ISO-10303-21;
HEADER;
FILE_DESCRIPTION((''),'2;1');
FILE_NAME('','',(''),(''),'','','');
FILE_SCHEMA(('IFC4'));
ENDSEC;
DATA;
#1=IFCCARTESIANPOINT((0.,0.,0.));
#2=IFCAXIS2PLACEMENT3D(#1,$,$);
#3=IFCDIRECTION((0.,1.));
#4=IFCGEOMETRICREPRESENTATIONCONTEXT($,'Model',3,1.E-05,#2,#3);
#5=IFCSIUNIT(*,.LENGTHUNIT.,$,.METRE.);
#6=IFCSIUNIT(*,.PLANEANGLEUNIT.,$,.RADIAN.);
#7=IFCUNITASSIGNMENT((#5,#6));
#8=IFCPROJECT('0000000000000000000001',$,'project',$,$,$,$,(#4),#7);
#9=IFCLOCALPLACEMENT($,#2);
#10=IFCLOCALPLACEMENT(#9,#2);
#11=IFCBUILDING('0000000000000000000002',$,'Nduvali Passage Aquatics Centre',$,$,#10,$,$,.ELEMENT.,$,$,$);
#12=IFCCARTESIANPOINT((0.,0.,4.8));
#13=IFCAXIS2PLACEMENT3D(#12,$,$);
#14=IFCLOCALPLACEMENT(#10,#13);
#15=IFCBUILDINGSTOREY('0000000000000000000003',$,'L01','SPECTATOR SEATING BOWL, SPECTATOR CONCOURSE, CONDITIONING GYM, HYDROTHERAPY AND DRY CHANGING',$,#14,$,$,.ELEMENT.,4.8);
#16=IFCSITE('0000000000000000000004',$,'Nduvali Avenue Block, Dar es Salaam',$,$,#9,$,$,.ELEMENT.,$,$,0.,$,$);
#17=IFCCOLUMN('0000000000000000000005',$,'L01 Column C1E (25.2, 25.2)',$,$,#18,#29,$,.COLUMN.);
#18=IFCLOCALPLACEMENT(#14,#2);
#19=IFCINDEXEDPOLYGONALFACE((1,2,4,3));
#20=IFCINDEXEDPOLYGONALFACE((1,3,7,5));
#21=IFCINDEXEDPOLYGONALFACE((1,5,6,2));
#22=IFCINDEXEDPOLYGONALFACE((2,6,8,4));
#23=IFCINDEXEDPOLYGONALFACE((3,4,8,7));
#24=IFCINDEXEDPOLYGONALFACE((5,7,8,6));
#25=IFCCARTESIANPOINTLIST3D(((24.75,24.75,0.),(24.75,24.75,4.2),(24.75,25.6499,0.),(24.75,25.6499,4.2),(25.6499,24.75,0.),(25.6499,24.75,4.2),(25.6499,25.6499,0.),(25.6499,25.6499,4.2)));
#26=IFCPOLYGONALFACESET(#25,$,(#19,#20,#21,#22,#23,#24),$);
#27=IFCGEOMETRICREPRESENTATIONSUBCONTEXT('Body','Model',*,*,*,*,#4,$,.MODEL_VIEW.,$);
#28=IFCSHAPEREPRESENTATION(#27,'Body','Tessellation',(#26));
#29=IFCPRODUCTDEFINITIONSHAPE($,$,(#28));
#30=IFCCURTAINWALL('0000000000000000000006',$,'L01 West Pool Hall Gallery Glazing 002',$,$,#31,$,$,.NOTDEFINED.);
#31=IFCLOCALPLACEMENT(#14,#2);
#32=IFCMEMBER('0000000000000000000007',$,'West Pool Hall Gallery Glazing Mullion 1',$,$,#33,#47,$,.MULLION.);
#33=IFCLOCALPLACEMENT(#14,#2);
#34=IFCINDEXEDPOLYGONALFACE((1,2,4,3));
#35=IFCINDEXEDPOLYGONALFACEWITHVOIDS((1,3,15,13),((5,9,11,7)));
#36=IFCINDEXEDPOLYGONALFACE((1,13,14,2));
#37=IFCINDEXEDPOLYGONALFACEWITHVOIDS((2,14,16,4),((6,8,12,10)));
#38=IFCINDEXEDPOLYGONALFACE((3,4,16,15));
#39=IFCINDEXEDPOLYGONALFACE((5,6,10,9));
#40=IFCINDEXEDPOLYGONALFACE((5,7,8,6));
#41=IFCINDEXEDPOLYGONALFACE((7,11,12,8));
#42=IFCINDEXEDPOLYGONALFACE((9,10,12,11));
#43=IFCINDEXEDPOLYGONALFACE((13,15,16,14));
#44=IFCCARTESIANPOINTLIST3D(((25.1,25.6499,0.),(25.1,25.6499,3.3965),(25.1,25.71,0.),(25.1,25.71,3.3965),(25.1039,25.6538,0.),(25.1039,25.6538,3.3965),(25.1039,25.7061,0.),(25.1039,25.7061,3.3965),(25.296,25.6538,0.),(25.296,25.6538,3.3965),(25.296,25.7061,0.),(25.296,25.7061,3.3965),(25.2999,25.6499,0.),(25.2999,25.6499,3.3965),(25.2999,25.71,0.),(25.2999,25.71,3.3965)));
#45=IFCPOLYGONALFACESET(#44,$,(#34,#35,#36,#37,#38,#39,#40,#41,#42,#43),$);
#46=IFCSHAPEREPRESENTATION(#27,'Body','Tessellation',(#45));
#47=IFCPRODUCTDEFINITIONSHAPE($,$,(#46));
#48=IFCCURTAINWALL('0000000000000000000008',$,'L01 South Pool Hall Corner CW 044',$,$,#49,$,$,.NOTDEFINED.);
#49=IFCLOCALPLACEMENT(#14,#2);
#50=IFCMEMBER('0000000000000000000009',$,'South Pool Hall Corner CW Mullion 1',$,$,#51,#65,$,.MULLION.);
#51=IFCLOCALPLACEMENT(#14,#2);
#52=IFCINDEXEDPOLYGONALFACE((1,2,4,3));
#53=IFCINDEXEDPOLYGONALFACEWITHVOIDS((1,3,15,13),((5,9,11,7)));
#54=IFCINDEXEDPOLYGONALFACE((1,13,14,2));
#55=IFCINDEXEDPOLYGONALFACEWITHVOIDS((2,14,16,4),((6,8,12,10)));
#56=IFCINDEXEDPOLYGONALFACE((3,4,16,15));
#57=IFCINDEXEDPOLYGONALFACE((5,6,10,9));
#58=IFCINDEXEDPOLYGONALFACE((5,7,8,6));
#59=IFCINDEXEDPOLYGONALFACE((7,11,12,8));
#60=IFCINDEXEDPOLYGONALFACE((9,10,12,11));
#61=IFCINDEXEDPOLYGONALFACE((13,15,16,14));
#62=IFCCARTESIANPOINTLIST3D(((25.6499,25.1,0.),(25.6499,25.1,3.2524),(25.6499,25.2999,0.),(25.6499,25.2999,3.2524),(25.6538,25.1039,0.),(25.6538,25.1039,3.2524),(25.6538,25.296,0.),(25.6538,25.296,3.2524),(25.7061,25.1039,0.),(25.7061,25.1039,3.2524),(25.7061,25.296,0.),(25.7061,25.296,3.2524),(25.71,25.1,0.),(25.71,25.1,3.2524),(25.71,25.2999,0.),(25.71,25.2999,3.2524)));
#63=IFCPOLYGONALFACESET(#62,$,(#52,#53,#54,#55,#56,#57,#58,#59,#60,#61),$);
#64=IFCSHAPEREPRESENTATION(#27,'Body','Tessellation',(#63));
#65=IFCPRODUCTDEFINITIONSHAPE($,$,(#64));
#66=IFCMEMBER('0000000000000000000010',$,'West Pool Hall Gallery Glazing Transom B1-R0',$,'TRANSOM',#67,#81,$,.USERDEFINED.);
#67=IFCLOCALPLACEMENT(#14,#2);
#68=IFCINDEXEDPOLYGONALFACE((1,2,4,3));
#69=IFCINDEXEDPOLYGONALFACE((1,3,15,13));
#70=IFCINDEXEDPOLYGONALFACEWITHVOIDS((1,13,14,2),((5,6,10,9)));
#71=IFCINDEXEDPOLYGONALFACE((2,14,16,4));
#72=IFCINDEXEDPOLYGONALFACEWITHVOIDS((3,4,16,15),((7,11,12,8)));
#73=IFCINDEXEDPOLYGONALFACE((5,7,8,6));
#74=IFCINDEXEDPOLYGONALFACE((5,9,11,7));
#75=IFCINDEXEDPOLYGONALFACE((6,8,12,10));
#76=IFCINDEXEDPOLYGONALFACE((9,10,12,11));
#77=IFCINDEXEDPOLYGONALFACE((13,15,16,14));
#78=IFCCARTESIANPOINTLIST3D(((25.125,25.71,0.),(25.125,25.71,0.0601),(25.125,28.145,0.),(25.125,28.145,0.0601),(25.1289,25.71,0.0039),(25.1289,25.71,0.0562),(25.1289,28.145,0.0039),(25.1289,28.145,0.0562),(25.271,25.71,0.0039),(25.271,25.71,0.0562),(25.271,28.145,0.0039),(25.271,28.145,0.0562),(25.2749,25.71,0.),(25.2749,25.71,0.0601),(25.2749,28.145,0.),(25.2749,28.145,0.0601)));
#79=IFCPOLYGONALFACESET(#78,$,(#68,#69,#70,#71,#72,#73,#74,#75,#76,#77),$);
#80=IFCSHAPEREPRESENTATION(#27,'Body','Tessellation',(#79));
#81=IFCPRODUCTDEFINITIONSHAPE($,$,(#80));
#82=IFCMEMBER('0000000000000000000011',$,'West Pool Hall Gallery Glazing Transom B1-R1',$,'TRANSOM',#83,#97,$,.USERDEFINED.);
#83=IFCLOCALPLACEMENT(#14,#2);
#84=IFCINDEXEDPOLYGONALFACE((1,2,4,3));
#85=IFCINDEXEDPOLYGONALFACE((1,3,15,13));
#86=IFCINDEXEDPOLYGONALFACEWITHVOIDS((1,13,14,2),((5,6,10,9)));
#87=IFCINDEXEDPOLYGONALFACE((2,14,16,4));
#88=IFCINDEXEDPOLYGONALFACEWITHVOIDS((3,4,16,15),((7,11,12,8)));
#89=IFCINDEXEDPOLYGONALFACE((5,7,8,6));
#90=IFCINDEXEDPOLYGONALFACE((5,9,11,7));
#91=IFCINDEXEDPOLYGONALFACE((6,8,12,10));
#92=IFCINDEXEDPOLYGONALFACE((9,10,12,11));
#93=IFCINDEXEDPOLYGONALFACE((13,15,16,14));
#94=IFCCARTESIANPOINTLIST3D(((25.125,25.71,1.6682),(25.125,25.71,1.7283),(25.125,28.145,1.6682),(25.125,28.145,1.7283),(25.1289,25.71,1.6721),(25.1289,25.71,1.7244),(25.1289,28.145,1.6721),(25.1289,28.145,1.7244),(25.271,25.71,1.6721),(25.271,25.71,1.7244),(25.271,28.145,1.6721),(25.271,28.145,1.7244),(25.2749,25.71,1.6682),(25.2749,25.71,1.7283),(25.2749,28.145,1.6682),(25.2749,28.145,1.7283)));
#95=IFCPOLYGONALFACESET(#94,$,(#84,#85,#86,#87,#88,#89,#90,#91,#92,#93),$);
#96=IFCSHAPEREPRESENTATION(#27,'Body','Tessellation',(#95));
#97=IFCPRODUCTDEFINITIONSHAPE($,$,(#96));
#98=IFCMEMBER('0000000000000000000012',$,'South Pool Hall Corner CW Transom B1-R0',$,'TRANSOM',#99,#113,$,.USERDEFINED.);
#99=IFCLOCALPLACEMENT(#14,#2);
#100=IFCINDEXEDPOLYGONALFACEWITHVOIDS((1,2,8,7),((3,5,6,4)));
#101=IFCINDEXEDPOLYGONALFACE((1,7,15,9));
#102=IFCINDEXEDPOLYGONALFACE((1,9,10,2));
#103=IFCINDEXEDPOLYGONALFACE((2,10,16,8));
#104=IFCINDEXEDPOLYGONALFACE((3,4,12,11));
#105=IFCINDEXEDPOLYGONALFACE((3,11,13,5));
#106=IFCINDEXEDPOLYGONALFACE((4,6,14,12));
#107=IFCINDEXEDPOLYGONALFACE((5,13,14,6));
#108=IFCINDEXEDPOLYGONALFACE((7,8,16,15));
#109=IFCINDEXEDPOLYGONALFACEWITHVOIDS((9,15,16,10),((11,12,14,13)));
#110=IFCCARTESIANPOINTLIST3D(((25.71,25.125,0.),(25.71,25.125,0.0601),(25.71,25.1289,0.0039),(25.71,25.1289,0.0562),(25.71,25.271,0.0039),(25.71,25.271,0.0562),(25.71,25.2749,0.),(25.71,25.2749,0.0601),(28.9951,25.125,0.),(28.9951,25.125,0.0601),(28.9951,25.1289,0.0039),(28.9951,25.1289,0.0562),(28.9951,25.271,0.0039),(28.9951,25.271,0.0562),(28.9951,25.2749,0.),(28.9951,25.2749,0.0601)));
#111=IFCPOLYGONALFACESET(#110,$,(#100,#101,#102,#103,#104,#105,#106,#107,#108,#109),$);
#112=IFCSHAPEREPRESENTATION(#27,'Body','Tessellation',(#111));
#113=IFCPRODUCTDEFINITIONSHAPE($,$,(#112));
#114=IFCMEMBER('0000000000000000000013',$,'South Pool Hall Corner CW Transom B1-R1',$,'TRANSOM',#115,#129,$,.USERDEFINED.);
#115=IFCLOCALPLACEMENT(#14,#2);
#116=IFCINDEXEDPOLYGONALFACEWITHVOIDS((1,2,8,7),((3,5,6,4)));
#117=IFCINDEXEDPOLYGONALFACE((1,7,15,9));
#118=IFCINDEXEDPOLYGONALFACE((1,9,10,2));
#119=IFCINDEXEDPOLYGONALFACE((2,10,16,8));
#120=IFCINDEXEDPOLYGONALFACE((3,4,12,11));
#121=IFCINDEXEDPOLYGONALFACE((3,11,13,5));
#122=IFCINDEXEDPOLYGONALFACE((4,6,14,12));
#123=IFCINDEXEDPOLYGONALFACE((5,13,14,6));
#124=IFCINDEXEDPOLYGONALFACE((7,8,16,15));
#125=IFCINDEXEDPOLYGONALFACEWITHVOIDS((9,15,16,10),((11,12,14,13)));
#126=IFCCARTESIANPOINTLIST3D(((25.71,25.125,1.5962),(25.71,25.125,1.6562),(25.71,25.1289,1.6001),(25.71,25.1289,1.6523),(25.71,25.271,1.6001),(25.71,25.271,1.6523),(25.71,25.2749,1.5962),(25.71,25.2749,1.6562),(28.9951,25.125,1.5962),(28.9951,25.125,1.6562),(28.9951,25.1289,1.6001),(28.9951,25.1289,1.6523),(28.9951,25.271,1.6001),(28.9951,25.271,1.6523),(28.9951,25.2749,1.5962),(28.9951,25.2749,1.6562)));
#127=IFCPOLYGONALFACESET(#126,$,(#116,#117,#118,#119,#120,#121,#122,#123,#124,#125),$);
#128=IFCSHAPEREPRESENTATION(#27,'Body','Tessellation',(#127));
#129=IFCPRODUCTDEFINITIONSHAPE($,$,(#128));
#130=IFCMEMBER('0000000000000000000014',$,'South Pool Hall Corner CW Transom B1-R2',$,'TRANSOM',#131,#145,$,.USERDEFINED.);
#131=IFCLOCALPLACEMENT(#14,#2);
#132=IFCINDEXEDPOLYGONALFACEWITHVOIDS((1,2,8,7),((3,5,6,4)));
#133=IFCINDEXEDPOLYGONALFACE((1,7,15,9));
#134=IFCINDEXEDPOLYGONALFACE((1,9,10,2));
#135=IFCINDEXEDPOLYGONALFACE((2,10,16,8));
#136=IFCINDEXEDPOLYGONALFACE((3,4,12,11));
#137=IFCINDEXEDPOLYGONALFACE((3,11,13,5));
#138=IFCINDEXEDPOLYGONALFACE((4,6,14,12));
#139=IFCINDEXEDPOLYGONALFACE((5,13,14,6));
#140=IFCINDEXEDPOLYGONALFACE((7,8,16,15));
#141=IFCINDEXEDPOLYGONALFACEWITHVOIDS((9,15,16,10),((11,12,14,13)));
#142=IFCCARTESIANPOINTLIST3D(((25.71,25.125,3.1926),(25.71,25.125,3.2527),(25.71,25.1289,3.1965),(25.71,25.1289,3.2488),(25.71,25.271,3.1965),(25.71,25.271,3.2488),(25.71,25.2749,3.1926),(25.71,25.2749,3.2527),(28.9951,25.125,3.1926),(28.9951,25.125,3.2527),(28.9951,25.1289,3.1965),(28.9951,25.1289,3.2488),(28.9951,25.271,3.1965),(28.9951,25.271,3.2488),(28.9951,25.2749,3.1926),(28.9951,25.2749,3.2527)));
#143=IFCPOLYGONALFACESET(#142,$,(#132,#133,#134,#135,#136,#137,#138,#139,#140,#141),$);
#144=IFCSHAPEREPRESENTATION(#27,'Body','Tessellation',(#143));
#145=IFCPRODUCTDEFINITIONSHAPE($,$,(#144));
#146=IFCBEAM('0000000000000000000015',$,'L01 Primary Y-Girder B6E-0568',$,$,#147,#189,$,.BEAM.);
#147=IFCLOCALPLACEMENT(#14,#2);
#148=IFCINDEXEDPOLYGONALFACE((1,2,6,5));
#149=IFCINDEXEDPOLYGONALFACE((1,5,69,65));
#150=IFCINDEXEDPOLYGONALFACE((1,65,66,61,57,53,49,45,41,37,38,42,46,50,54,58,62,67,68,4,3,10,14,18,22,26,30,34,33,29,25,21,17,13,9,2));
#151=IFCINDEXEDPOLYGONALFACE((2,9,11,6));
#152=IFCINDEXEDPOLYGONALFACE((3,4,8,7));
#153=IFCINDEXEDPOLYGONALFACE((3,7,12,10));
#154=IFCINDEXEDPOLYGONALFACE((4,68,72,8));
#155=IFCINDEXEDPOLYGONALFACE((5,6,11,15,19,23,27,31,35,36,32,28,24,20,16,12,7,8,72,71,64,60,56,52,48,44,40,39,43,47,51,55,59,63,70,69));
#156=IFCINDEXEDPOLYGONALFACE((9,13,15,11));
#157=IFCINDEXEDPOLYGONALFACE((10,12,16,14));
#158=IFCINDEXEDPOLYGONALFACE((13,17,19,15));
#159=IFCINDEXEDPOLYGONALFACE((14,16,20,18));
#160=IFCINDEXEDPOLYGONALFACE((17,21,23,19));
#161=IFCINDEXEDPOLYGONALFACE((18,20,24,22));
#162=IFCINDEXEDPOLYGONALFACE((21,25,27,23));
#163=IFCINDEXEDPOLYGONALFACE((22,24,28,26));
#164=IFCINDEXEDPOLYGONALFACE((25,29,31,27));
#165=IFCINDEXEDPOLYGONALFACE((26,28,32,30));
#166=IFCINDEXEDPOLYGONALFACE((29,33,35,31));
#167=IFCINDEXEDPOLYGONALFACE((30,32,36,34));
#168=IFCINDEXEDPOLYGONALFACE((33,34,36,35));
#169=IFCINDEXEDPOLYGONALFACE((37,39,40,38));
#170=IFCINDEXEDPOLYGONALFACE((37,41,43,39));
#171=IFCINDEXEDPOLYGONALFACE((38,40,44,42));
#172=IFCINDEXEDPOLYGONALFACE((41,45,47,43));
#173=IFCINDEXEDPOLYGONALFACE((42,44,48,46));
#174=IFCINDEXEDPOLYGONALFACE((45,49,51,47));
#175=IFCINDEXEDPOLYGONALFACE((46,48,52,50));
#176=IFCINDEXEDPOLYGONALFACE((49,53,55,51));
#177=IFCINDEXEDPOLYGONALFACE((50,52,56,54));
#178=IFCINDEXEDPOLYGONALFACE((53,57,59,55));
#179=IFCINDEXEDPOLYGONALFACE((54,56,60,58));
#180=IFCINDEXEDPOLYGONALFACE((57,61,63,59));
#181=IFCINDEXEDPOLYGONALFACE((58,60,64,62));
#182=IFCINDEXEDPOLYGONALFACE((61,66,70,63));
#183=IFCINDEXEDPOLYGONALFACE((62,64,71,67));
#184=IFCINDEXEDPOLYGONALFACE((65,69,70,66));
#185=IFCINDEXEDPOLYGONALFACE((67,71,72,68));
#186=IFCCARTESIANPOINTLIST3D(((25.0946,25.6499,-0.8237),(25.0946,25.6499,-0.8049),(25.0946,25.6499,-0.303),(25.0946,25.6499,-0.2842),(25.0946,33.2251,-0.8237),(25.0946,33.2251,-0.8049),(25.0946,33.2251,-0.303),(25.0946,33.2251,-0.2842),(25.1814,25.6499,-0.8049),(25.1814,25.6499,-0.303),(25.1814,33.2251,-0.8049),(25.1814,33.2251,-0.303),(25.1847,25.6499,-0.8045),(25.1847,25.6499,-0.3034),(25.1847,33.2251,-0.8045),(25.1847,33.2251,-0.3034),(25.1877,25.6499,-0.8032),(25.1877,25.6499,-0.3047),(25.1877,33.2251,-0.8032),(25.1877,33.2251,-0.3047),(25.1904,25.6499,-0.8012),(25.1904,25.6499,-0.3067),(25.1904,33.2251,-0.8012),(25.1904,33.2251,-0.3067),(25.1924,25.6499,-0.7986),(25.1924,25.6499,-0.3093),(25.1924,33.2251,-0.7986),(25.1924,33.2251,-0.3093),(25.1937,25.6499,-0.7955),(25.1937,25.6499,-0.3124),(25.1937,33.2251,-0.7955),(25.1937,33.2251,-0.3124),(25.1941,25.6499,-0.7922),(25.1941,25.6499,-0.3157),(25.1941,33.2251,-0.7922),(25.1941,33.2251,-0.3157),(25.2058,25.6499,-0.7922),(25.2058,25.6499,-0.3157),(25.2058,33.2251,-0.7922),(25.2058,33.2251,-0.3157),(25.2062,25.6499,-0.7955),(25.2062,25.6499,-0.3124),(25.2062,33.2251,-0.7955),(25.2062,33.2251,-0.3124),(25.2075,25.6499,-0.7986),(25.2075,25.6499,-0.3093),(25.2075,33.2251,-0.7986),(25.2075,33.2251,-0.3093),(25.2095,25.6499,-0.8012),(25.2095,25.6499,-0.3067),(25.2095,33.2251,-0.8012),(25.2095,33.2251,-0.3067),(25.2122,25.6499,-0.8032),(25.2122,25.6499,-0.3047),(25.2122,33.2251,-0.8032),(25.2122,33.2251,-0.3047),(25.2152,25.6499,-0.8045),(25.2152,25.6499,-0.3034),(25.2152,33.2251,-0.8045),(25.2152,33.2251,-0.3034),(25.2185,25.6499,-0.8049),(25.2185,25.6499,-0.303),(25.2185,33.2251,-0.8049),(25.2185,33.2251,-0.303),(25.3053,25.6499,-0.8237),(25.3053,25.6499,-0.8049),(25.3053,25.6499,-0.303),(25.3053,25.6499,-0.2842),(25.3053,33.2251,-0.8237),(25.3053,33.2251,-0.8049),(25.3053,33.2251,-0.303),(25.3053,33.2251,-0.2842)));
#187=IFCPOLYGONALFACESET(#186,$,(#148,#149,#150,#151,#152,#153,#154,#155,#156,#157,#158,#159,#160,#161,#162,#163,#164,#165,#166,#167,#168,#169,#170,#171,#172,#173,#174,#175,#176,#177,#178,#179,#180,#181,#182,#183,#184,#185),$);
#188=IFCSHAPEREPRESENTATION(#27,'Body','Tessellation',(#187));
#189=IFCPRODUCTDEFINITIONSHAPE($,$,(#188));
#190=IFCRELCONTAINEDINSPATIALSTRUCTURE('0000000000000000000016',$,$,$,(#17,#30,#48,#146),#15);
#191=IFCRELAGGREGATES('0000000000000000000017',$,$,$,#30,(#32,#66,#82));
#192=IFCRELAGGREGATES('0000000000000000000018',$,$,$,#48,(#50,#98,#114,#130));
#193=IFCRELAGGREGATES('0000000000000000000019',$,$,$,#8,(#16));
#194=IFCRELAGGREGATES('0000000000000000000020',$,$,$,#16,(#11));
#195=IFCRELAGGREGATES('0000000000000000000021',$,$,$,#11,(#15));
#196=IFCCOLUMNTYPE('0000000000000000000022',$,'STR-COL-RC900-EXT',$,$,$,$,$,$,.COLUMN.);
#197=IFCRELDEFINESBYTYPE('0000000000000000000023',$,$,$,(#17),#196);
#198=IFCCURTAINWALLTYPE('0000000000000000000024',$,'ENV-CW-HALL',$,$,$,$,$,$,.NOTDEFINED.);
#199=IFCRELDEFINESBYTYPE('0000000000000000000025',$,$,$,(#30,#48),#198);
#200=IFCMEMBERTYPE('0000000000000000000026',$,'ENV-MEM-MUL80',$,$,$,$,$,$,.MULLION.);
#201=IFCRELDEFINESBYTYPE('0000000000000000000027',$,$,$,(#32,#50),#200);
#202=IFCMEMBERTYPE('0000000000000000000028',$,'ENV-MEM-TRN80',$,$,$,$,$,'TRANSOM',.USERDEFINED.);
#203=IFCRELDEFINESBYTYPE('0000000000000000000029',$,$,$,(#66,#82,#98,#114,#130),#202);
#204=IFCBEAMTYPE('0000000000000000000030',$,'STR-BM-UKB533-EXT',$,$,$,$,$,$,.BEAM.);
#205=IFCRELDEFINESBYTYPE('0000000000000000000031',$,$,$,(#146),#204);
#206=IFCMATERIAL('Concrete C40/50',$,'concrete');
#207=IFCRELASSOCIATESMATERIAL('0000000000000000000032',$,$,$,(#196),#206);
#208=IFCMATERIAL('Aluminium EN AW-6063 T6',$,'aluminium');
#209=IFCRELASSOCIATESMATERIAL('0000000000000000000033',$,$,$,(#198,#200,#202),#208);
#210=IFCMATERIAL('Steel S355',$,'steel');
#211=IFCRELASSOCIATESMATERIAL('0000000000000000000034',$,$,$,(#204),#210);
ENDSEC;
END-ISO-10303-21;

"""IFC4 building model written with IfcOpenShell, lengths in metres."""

from ifc_helpers import new_model, si_unit, direction, frame, origin, origin_2d, place, context, subcontext, project, spatial, rectangle, hollow_rectangle, i_section, extrude, material, material_profile, profile_set, type_object, element, aggregate, save


model = new_model("IFC4")

# Units and contexts
model_context = context("Model", 3, precision=1e-05, world=origin(), true_north=direction((0.0, 1.0)))
body_context = subcontext(model_context, "Body", "Model", "MODEL_VIEW")
ifc_project = project(units=[si_unit("LENGTHUNIT", "METRE"), si_unit("PLANEANGLEUNIT", "RADIAN")], contexts=[model_context])

# Site, building, storey
site_placement = place(None, origin())
site = spatial("IfcSite", under=ifc_project, at=site_placement, Name="Nduvali Avenue Block, Dar es Salaam", CompositionType="ELEMENT", RefElevation=0.0)
building_placement = place(site_placement, origin())
building = spatial("IfcBuilding", under=site, at=building_placement, Name="Nduvali Passage Aquatics Centre", CompositionType="ELEMENT")
storey_placement = place(building_placement, frame((0.0, 0.0, 4.8)))
storey = spatial("IfcBuildingStorey", under=building, at=storey_placement, Name="L01", Description="SPECTATOR SEATING BOWL, SPECTATOR CONCOURSE, CONDITIONING GYM, HYDROTHERAPY AND DRY CHANGING", CompositionType="ELEMENT", Elevation=4.8)

# Column
ifc_material_1 = material(Name="Concrete C40/50", Category="concrete")
ifc_material_profile_1 = material_profile(ifc_material_1, rectangle(XDim=0.8999, YDim=0.8999, at=origin_2d()), Name="RC 900x900")
ifc_profile_set_1 = profile_set([ifc_material_profile_1], Name="Concrete C40/50")
column_type = type_object("IfcColumnType", Name="STR-COL-RC900-EXT", PredefinedType="COLUMN", material=ifc_profile_set_1)
column_placement = place(storey_placement, frame((25.2, 25.2, 0.0), z_axis=(0.0, 0.0, 1.0), x_axis=(1.0, 0.0, 0.0)))
element("IfcColumn", 1, at=column_placement, inside=storey, type_object=column_type, Name="L01 Column C1E (25.2, 25.2)", PredefinedType="COLUMN", context=body_context, shape_type="SweptSolid", body=[
    extrude(rectangle(XDim=0.8999, YDim=0.8999, at=origin_2d()), origin(), (0.0, 0.0, 1.0), 4.2),
])

# Curtain walls, members
ifc_material_2 = material(Name="Aluminium EN AW-6063 T6", Category="aluminium")
curtain_wall_type = type_object("IfcCurtainWallType", Name="ENV-CW-HALL", PredefinedType="NOTDEFINED", material=ifc_material_2)
curtain_wall_1_placement = place(storey_placement, origin())
curtain_wall_1 = element("IfcCurtainWall", 2, at=curtain_wall_1_placement, inside=storey, type_object=curtain_wall_type, Name="L01 West Pool Hall Gallery Glazing 002", PredefinedType="NOTDEFINED")
ifc_material_profile_2 = material_profile(ifc_material_2, hollow_rectangle(XDim=0.0601, YDim=0.2, WallThickness=0.0039, at=origin_2d()), Name="ALU MULLION 60x200x4")
ifc_profile_set_2 = profile_set([ifc_material_profile_2], Name="Aluminium EN AW-6063 T6")
member_type_1 = type_object("IfcMemberType", Name="ENV-MEM-MUL80", PredefinedType="MULLION", material=ifc_profile_set_2)
member_1_placement = place(storey_placement, frame((25.2, 25.6799, 0.0), z_axis=(0.0, 0.0, 1.0), x_axis=(0.0, 1.0, 0.0)))
member_1 = element("IfcMember", 3, at=member_1_placement, type_object=member_type_1, Name="West Pool Hall Gallery Glazing Mullion 1", PredefinedType="MULLION", context=body_context, shape_type="SweptSolid", body=[
    extrude(hollow_rectangle(XDim=0.0601, YDim=0.2, WallThickness=0.0039, at=origin_2d()), origin(), (0.0, 0.0, 1.0), 3.3965),
])
curtain_wall_2_placement = place(storey_placement, origin())
curtain_wall_2 = element("IfcCurtainWall", 4, at=curtain_wall_2_placement, inside=storey, type_object=curtain_wall_type, Name="L01 South Pool Hall Corner CW 044", PredefinedType="NOTDEFINED")
member_2_placement = place(storey_placement, frame((25.6799, 25.2, 0.0), z_axis=(0.0, 0.0, 1.0), x_axis=(1.0, 0.0, 0.0)))
member_2 = element("IfcMember", 5, at=member_2_placement, type_object=member_type_1, Name="South Pool Hall Corner CW Mullion 1", PredefinedType="MULLION", context=body_context, shape_type="SweptSolid", body=[
    extrude(hollow_rectangle(XDim=0.0601, YDim=0.2, WallThickness=0.0039, at=origin_2d()), origin(), (0.0, 0.0, 1.0), 3.2524),
])

# Members
ifc_material_profile_3 = material_profile(ifc_material_2, hollow_rectangle(XDim=0.1499, YDim=0.0601, WallThickness=0.0039, at=origin_2d()), Name="ALU TRANSOM 150x60x4")
ifc_profile_set_3 = profile_set([ifc_material_profile_3], Name="Aluminium EN AW-6063 T6")
member_type_2 = type_object("IfcMemberType", Name="ENV-MEM-TRN80", ElementType="TRANSOM", PredefinedType="USERDEFINED", material=ifc_profile_set_3)
member_3_placement = place(storey_placement, frame((25.2, 25.71, 0.03), z_axis=(0.0, 1.0, 0.0), x_axis=(-1.0, 0.0, 0.0)))
member_3 = element("IfcMember", 6, at=member_3_placement, type_object=member_type_2, Name="West Pool Hall Gallery Glazing Transom B1-R0", ObjectType="TRANSOM", PredefinedType="USERDEFINED", context=body_context, shape_type="SweptSolid", body=[
    extrude(hollow_rectangle(XDim=0.1499, YDim=0.0601, WallThickness=0.0039, at=origin_2d()), origin(), (0.0, 0.0, 1.0), 2.4351),
])
member_4_placement = place(storey_placement, frame((25.2, 25.71, 1.6982), z_axis=(0.0, 1.0, 0.0), x_axis=(-1.0, 0.0, 0.0)))
member_4 = element("IfcMember", 7, at=member_4_placement, type_object=member_type_2, Name="West Pool Hall Gallery Glazing Transom B1-R1", ObjectType="TRANSOM", PredefinedType="USERDEFINED", context=body_context, shape_type="SweptSolid", body=[
    extrude(hollow_rectangle(XDim=0.1499, YDim=0.0601, WallThickness=0.0039, at=origin_2d()), origin(), (0.0, 0.0, 1.0), 2.4351),
])
aggregate(curtain_wall_1, [member_1, member_3, member_4])
member_5_placement = place(storey_placement, frame((25.71, 25.2, 0.03), z_axis=(1.0, 0.0, 0.0), x_axis=(0.0, 1.0, 0.0)))
member_5 = element("IfcMember", 8, at=member_5_placement, type_object=member_type_2, Name="South Pool Hall Corner CW Transom B1-R0", ObjectType="TRANSOM", PredefinedType="USERDEFINED", context=body_context, shape_type="SweptSolid", body=[
    extrude(hollow_rectangle(XDim=0.1499, YDim=0.0601, WallThickness=0.0039, at=origin_2d()), origin(), (0.0, 0.0, 1.0), 3.2852),
])
member_6_placement = place(storey_placement, frame((25.71, 25.2, 1.6262), z_axis=(1.0, 0.0, 0.0), x_axis=(0.0, 1.0, 0.0)))
member_6 = element("IfcMember", 9, at=member_6_placement, type_object=member_type_2, Name="South Pool Hall Corner CW Transom B1-R1", ObjectType="TRANSOM", PredefinedType="USERDEFINED", context=body_context, shape_type="SweptSolid", body=[
    extrude(hollow_rectangle(XDim=0.1499, YDim=0.0601, WallThickness=0.0039, at=origin_2d()), origin(), (0.0, 0.0, 1.0), 3.2852),
])
member_7_placement = place(storey_placement, frame((25.71, 25.2, 3.2227), z_axis=(1.0, 0.0, 0.0), x_axis=(0.0, 1.0, 0.0)))
member_7 = element("IfcMember", 10, at=member_7_placement, type_object=member_type_2, Name="South Pool Hall Corner CW Transom B1-R2", ObjectType="TRANSOM", PredefinedType="USERDEFINED", context=body_context, shape_type="SweptSolid", body=[
    extrude(hollow_rectangle(XDim=0.1499, YDim=0.0601, WallThickness=0.0039, at=origin_2d()), origin(), (0.0, 0.0, 1.0), 3.2852),
])

# Beam
ifc_material_3 = material(Name="Steel S355", Category="steel")
ifc_material_profile_4 = material_profile(ifc_material_3, i_section(OverallWidth=0.2107, OverallDepth=0.5396, WebThickness=0.0117, FlangeThickness=0.0188, FilletRadius=0.0127, at=origin_2d()), Name="UKB 533x210x109")
ifc_profile_set_4 = profile_set([ifc_material_profile_4], Name="Steel S355")
beam_type_1 = type_object("IfcBeamType", Name="STR-BM-UKB533-EXT", PredefinedType="BEAM", material=ifc_profile_set_4)
beam_1_placement = place(storey_placement, frame((25.2, 25.6499, -0.554), z_axis=(0.0, 1.0, 0.0), x_axis=(-1.0, 0.0, 0.0)))
element("IfcBeam", 11, at=beam_1_placement, inside=storey, type_object=beam_type_1, Name="L01 Primary Y-Girder B6E-0568", PredefinedType="BEAM", context=body_context, shape_type="SweptSolid", body=[
    extrude(i_section(OverallWidth=0.2107, OverallDepth=0.5396, WebThickness=0.0117, FlangeThickness=0.0188, FilletRadius=0.0127, at=origin_2d()), origin(), (0.0, 0.0, 1.0), 7.5752),
])

aggregate(curtain_wall_2, [member_2, member_5, member_6, member_7])

save(model, "model.ifc")
